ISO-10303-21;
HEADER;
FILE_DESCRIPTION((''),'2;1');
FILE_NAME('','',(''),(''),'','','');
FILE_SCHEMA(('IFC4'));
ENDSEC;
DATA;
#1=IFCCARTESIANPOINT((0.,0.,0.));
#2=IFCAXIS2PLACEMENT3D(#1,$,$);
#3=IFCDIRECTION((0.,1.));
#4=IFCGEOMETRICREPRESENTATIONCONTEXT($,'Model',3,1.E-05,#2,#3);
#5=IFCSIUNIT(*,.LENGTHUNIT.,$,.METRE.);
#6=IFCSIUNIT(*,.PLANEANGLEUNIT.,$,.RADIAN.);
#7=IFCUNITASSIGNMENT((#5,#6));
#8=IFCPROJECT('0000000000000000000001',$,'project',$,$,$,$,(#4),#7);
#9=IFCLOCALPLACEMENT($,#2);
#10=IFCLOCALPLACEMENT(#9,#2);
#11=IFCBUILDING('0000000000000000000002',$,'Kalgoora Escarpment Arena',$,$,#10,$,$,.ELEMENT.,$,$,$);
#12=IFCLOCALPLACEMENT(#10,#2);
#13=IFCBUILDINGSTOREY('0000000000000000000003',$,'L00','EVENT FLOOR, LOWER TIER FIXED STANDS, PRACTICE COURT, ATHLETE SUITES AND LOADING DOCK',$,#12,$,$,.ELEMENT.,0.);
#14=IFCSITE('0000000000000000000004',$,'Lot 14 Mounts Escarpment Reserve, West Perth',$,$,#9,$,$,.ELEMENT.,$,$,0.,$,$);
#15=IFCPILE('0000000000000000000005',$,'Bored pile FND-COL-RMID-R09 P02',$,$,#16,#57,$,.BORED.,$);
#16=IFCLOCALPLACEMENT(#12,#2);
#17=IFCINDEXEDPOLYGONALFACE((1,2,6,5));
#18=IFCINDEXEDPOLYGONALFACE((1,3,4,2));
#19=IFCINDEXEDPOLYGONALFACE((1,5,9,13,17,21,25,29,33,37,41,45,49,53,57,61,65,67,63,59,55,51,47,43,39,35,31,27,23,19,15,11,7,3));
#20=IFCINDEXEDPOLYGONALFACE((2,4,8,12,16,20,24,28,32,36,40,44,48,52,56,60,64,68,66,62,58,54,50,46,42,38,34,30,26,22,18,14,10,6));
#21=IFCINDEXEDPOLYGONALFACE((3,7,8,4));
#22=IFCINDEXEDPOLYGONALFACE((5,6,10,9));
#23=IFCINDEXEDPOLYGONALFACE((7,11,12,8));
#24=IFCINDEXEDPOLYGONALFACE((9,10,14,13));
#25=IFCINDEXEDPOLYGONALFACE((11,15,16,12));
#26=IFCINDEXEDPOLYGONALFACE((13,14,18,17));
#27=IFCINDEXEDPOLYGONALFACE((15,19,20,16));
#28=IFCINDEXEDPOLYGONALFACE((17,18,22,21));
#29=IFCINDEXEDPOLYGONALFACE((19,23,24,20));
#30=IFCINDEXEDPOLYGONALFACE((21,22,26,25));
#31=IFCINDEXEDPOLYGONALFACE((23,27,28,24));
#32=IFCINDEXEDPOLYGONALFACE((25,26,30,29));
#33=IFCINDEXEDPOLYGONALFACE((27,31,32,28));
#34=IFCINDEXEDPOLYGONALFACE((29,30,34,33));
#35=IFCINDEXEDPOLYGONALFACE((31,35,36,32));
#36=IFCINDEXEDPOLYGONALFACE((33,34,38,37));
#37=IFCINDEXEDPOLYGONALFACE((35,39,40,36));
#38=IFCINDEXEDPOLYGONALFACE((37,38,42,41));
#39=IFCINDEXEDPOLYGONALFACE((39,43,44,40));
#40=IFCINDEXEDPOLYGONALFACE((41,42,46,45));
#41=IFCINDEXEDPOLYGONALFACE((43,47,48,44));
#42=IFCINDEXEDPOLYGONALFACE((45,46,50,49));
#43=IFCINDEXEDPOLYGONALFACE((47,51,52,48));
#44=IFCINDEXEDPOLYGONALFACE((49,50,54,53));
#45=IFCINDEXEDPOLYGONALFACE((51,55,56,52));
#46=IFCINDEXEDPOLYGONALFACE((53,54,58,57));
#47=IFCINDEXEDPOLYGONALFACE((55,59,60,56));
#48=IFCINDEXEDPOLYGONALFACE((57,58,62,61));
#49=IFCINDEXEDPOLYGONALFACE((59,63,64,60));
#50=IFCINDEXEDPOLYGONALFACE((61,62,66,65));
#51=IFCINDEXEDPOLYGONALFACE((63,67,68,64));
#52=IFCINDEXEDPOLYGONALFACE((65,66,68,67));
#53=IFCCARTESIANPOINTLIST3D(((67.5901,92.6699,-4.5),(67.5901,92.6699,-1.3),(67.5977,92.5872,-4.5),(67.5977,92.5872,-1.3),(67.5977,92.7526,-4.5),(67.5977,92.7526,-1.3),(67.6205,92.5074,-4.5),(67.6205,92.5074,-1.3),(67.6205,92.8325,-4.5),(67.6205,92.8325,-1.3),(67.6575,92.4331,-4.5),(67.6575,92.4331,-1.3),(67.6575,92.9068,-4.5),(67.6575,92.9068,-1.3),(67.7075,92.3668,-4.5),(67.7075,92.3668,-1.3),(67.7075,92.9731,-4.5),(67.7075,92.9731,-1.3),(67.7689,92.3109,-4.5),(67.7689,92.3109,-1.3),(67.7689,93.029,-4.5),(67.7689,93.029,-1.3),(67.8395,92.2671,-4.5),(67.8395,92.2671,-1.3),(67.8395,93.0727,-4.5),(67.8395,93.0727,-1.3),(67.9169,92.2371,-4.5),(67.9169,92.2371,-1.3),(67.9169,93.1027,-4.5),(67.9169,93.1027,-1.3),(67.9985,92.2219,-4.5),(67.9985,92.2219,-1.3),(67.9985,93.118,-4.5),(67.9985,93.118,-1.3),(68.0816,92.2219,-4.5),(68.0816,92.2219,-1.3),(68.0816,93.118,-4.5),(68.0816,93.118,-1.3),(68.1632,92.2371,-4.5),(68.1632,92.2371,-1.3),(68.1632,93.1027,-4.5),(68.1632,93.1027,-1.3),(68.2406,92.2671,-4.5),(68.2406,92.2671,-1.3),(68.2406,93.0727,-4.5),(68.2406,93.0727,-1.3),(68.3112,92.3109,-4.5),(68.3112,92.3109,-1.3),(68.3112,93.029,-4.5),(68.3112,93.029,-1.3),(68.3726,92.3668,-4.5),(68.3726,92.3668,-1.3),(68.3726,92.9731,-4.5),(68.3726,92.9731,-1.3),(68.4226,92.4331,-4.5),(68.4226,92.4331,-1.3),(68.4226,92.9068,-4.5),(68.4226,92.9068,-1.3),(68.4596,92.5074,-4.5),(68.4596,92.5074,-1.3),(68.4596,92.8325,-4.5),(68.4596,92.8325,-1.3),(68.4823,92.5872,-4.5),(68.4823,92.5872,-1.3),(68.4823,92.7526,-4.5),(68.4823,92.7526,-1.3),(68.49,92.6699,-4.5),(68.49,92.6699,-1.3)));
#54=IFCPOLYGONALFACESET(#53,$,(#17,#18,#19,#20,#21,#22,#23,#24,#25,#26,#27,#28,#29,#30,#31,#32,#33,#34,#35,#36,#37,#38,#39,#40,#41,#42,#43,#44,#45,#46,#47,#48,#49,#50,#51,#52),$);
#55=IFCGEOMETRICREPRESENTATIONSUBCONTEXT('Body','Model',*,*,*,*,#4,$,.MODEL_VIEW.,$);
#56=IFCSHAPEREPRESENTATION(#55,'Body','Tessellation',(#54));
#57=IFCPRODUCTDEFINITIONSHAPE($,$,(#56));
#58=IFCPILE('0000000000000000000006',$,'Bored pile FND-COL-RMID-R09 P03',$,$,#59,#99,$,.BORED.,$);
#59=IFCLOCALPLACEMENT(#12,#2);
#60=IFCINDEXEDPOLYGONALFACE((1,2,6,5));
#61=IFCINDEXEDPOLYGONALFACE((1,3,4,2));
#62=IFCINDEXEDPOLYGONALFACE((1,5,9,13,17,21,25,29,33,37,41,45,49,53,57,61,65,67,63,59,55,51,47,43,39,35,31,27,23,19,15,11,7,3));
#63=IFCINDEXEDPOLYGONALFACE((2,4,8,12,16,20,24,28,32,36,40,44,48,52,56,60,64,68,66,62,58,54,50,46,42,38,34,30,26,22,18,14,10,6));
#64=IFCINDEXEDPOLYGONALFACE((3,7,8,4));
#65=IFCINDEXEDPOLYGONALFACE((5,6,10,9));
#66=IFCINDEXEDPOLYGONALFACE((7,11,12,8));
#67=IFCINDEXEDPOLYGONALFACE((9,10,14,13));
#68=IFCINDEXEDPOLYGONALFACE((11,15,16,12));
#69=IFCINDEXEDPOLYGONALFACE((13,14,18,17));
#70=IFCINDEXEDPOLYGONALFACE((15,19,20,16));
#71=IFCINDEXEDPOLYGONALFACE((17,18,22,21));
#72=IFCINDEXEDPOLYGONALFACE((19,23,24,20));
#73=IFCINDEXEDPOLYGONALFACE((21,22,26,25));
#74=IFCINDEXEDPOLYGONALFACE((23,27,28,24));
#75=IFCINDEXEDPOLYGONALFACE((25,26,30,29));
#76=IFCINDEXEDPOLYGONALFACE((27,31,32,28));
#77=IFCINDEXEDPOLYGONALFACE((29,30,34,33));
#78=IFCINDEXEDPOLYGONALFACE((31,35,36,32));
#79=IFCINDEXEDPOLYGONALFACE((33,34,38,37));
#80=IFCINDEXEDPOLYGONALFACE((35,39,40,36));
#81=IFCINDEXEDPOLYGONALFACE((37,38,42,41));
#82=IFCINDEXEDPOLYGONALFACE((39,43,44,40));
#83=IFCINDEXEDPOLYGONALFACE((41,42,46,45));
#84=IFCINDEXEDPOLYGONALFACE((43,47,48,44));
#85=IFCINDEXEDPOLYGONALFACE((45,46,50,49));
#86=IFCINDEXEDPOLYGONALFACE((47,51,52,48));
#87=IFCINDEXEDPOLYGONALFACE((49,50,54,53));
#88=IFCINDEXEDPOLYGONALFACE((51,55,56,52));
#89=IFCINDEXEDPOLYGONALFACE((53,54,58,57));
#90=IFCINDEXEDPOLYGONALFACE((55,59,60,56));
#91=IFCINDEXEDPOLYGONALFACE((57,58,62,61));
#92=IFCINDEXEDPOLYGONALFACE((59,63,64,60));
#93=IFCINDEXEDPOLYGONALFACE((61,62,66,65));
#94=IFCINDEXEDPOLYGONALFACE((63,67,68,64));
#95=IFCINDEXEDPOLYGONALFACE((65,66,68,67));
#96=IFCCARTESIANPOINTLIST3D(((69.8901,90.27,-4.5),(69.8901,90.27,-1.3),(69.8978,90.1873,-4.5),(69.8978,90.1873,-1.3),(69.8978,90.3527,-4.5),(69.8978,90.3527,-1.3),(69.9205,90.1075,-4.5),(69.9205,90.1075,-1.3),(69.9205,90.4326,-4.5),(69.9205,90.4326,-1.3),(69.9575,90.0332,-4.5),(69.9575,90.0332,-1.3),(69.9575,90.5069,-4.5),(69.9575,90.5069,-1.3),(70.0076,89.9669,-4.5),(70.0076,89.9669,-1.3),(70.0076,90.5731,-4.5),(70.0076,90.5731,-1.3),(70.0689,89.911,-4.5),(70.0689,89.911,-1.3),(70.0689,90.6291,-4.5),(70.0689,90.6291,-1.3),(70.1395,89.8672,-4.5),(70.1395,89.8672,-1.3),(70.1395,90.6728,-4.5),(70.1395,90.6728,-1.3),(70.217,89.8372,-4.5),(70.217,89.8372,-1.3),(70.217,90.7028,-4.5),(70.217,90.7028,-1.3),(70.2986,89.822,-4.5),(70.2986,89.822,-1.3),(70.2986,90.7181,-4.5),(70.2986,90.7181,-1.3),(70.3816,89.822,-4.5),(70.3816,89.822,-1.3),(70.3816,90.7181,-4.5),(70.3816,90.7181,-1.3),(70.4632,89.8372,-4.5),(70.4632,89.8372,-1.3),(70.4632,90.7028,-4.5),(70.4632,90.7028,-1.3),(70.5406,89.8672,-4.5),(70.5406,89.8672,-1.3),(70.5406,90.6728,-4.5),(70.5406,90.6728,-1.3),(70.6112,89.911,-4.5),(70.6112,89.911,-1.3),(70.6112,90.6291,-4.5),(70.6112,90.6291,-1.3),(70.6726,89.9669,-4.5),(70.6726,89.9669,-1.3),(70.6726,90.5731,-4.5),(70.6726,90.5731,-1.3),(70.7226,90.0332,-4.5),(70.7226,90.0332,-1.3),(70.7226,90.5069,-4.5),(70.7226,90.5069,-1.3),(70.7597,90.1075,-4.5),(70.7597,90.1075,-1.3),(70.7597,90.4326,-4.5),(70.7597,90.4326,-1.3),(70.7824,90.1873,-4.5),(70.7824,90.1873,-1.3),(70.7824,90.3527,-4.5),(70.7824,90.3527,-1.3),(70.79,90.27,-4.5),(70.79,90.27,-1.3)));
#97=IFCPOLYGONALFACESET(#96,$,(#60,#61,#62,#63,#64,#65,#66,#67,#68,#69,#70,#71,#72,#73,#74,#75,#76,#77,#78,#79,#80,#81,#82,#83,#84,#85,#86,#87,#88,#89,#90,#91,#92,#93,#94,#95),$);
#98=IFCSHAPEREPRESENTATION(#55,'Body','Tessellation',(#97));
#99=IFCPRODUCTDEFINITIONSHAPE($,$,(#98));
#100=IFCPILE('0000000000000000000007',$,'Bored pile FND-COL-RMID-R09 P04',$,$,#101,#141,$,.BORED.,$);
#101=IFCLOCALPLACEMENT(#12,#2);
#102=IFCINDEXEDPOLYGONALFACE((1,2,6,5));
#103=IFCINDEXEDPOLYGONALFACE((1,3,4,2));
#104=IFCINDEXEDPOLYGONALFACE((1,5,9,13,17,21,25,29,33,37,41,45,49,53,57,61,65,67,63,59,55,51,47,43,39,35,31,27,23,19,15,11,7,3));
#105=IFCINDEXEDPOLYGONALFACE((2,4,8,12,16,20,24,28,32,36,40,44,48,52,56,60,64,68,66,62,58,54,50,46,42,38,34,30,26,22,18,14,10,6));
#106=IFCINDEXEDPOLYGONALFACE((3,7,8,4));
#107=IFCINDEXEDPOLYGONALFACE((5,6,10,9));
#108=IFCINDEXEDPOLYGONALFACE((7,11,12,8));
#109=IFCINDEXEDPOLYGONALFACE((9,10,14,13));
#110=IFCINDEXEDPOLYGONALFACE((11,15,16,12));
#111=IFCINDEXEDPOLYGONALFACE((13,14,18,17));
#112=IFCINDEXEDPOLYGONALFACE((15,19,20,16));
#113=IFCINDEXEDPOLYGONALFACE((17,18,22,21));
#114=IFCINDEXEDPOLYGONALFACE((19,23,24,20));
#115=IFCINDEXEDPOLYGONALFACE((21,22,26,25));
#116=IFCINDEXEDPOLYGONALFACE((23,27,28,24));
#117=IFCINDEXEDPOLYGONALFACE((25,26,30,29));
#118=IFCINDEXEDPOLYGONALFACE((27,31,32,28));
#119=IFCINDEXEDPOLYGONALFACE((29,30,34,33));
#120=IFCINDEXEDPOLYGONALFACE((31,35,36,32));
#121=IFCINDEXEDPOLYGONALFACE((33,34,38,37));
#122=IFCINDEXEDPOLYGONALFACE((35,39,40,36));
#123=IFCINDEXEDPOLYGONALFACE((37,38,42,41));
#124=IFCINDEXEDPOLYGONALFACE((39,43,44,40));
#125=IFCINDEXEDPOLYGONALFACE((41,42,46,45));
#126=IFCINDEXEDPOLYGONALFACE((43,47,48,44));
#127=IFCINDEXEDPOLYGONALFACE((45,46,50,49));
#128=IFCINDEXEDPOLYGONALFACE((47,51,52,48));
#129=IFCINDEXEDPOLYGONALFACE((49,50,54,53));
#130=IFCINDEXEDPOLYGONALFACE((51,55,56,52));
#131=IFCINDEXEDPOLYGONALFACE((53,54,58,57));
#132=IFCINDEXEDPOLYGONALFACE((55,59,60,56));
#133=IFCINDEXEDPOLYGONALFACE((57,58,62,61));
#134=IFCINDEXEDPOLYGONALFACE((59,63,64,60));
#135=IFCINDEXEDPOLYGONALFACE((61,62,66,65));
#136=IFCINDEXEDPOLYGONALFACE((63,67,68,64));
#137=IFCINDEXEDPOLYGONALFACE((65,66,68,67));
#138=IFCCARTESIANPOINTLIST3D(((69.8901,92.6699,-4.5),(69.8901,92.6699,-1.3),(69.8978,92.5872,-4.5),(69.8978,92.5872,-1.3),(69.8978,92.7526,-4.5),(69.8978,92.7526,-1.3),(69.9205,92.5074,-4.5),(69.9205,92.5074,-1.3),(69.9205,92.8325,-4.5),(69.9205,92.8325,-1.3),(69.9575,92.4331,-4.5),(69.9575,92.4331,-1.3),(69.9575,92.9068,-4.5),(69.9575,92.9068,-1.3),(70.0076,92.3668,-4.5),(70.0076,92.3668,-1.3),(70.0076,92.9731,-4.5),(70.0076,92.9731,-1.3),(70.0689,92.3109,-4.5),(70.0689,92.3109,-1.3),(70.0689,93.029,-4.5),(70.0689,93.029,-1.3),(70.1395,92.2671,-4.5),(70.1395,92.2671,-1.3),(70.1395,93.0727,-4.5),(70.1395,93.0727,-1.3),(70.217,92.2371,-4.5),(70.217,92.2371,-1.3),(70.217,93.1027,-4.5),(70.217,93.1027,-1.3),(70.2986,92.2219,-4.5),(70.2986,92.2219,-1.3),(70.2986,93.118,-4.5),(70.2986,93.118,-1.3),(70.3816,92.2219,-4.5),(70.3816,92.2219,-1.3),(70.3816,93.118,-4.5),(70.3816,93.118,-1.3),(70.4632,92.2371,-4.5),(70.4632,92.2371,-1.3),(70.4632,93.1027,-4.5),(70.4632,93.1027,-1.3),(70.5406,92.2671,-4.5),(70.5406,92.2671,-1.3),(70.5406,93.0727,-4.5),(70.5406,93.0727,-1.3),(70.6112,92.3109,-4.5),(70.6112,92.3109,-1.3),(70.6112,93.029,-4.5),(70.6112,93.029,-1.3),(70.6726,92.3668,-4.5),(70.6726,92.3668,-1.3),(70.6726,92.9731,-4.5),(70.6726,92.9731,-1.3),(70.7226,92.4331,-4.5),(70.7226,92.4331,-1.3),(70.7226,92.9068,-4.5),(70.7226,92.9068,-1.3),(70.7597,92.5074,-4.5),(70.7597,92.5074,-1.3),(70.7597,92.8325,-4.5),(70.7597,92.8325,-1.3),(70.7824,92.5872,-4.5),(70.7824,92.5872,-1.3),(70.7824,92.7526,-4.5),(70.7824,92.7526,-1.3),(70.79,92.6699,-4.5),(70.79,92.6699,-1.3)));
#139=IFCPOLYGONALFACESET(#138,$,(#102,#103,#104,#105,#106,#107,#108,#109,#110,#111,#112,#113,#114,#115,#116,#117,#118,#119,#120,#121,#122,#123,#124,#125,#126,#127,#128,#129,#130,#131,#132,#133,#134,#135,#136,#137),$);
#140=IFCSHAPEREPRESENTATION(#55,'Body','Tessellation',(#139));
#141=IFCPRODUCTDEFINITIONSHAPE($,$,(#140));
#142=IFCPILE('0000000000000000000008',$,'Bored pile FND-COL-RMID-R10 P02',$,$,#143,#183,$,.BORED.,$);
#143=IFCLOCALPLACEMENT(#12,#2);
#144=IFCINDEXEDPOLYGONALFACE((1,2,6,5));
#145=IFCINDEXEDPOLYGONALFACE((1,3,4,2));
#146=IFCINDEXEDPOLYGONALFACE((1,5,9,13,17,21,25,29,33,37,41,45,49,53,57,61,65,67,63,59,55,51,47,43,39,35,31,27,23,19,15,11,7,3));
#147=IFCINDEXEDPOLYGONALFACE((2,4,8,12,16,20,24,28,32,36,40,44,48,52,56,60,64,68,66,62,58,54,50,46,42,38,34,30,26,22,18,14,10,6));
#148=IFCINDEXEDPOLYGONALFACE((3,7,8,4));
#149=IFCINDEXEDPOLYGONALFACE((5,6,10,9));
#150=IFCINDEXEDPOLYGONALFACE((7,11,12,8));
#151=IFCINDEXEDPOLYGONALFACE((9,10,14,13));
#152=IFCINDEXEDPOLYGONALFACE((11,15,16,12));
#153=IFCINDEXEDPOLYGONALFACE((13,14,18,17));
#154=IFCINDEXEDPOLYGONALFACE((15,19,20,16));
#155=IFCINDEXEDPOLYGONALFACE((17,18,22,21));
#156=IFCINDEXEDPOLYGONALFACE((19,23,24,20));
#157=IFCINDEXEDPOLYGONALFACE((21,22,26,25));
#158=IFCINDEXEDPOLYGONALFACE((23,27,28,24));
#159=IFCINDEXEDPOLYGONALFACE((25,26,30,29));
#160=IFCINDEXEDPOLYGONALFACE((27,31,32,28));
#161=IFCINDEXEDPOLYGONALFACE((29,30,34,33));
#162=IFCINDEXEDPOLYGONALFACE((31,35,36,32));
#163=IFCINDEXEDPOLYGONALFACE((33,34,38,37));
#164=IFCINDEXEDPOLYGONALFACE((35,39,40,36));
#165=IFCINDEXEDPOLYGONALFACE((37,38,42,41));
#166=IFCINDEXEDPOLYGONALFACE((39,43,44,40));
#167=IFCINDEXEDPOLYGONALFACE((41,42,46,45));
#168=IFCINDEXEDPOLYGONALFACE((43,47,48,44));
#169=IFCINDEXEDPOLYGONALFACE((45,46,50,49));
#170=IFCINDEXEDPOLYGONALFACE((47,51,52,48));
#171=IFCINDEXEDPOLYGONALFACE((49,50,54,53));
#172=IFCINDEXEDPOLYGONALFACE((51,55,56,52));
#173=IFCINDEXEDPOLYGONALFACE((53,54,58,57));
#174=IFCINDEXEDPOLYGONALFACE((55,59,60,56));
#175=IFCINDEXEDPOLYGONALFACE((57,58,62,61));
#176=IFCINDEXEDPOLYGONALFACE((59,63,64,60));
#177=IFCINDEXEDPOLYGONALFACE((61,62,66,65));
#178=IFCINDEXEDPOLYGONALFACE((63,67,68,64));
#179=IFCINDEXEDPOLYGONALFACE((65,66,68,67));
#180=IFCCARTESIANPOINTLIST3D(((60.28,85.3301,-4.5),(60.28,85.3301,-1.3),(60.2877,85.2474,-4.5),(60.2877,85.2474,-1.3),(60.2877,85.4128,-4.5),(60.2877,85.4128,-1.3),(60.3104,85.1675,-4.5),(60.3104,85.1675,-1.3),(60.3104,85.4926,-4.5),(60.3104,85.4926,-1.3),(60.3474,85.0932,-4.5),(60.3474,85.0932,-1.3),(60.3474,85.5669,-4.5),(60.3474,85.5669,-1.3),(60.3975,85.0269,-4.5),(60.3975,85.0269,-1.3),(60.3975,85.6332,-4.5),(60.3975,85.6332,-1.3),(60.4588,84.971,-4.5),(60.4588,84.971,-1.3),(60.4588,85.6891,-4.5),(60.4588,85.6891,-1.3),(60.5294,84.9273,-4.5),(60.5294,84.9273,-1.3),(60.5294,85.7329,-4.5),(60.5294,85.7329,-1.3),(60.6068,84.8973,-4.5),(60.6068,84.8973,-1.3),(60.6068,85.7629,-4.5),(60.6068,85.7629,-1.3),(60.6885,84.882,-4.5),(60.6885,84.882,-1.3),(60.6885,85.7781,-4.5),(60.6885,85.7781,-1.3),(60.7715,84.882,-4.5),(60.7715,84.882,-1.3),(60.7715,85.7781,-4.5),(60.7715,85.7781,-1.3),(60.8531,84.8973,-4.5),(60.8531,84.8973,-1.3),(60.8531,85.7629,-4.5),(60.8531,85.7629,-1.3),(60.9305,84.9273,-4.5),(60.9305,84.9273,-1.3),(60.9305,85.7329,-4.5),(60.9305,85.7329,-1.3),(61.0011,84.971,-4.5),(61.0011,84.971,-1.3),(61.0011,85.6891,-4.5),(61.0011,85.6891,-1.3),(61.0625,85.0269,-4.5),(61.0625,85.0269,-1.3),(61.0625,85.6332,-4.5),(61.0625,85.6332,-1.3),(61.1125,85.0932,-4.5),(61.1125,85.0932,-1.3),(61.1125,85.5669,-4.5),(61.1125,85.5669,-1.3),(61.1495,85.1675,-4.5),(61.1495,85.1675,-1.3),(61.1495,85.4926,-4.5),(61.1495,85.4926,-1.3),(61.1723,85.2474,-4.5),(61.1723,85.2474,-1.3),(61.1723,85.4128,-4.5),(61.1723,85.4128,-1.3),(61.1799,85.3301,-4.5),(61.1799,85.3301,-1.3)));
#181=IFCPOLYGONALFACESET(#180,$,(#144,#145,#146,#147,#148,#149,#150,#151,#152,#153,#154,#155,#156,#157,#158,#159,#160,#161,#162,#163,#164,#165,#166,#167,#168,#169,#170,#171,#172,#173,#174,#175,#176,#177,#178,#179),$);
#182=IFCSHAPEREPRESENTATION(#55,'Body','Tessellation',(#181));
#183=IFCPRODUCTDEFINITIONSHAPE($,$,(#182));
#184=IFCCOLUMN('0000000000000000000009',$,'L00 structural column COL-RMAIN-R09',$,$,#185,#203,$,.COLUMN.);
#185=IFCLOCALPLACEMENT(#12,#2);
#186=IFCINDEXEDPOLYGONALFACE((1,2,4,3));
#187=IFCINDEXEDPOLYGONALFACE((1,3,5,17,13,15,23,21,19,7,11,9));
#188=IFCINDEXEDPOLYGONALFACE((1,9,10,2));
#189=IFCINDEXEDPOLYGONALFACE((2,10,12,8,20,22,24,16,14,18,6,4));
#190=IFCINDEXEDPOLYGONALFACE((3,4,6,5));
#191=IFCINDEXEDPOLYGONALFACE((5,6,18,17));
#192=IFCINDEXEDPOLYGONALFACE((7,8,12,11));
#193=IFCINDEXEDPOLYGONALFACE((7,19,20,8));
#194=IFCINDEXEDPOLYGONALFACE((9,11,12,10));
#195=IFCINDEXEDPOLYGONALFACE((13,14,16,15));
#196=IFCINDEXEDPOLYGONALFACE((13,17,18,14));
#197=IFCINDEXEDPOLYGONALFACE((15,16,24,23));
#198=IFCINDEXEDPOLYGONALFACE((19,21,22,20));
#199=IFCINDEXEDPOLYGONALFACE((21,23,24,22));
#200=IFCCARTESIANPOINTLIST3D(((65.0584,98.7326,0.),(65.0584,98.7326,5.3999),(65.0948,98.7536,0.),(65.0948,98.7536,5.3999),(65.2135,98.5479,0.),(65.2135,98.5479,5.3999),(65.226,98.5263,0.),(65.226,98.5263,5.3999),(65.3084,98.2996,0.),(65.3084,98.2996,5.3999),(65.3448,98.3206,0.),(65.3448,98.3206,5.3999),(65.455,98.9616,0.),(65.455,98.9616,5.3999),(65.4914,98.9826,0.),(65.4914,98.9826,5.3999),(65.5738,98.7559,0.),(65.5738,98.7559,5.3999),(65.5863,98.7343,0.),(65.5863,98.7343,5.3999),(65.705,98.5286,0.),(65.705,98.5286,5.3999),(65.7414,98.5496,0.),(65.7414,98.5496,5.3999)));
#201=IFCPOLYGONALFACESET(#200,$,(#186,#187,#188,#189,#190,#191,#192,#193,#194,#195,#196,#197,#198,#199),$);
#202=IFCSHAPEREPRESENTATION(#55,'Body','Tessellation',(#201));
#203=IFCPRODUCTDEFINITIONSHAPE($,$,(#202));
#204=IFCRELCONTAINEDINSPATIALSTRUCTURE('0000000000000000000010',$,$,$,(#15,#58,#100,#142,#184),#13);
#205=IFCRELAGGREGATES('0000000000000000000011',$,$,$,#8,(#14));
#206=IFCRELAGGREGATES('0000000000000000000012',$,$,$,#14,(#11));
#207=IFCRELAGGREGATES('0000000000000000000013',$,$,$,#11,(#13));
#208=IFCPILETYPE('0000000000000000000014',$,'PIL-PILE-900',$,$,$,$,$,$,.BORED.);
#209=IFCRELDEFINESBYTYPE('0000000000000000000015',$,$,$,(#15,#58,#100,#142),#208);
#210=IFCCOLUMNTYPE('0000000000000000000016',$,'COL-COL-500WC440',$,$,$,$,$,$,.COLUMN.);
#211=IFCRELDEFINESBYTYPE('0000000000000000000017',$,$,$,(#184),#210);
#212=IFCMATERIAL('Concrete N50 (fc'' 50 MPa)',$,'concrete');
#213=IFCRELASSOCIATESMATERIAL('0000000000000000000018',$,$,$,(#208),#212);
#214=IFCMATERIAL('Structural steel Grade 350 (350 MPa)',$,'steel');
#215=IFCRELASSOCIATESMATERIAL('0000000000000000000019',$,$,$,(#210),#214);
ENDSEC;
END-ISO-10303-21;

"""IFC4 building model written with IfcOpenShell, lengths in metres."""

from ifc_helpers import new_model, si_unit, direction, frame, origin, origin_2d, place, context, subcontext, project, spatial, circle, i_section, extrude, material, material_profile, profile_set, type_object, element, save


model = new_model("IFC4")

# Units and contexts
model_context = context("Model", 3, precision=1e-05, world=origin(), true_north=direction((0.0, 1.0)))
body_context = subcontext(model_context, "Body", "Model", "MODEL_VIEW")
ifc_project = project(units=[si_unit("LENGTHUNIT", "METRE"), si_unit("PLANEANGLEUNIT", "RADIAN")], contexts=[model_context])

# Site, building, storey
site_placement = place(None, origin())
site = spatial("IfcSite", under=ifc_project, at=site_placement, Name="Lot 14 Mounts Escarpment Reserve, West Perth", CompositionType="ELEMENT", RefElevation=0.0)
building_placement = place(site_placement, origin())
building = spatial("IfcBuilding", under=site, at=building_placement, Name="Kalgoora Escarpment Arena", CompositionType="ELEMENT")
storey_placement = place(building_placement, origin())
storey = spatial("IfcBuildingStorey", under=building, at=storey_placement, Name="L00", Description="EVENT FLOOR, LOWER TIER FIXED STANDS, PRACTICE COURT, ATHLETE SUITES AND LOADING DOCK", CompositionType="ELEMENT", Elevation=0.0)

# Piles
ifc_material_1 = material(Name="Concrete N50 (fc' 50 MPa)", Category="concrete")
ifc_material_profile_1 = material_profile(ifc_material_1, circle(Radius=0.45, at=origin_2d()))
ifc_profile_set_1 = profile_set([ifc_material_profile_1], Name="Concrete N50 (fc' 50 MPa)")
pile_type_1 = type_object("IfcPileType", Name="PIL-PILE-900", PredefinedType="BORED", material=ifc_profile_set_1)
for number, where, z_axis, x_axis, name in (
    (1, (68.04, 92.6699, -1.3), (0.0, 0.0, -1.0), (1.0, 0.0, 0.0), "Bored pile FND-COL-RMID-R09 P02"),
    (2, (70.3401, 90.27, -1.3), (0.0, 0.0, -1.0), (1.0, 0.0, 0.0), "Bored pile FND-COL-RMID-R09 P03"),
    (3, (70.3401, 92.6699, -1.3), (0.0, 0.0, -1.0), (1.0, 0.0, 0.0), "Bored pile FND-COL-RMID-R09 P04"),
    (4, (60.73, 85.3301, -1.3), (0.0, 0.0, -1.0), (1.0, 0.0, 0.0), "Bored pile FND-COL-RMID-R10 P02"),
):
    element("IfcPile", number, at=place(storey_placement, frame(where, z_axis=z_axis, x_axis=x_axis)), inside=storey, type_object=pile_type_1, Name=name, PredefinedType="BORED", context=body_context, shape_type="SweptSolid", body=[
        extrude(circle(Radius=0.45, at=origin_2d()), origin(), (0.0, 0.0, 1.0), 3.2),
    ])

# Column
ifc_material_2 = material(Name="Structural steel Grade 350 (350 MPa)", Category="steel")
ifc_material_profile_2 = material_profile(ifc_material_2, i_section(OverallWidth=0.5, OverallDepth=0.5, WebThickness=0.0249, FlangeThickness=0.042, at=origin_2d()))
ifc_profile_set_2 = profile_set([ifc_material_profile_2], Name="Structural steel Grade 350 (350 MPa)")
column_type_1 = type_object("IfcColumnType", Name="COL-COL-500WC440", PredefinedType="COLUMN", material=ifc_profile_set_2)
for number, where, z_axis, x_axis, name in (
    (5, (65.3999, 98.6411, 0.0), (0.0, 0.0, 1.0), (-0.5, 0.866025, 0.0), "L00 structural column COL-RMAIN-R09"),
):
    element("IfcColumn", number, at=place(storey_placement, frame(where, z_axis=z_axis, x_axis=x_axis)), inside=storey, type_object=column_type_1, Name=name, PredefinedType="COLUMN", context=body_context, shape_type="SweptSolid", body=[
        extrude(i_section(OverallWidth=0.5, OverallDepth=0.5, WebThickness=0.0249, FlangeThickness=0.042, at=origin_2d()), origin(), (0.0, 0.0, 1.0), 5.3999),
    ])

save(model, "model.ifc")
